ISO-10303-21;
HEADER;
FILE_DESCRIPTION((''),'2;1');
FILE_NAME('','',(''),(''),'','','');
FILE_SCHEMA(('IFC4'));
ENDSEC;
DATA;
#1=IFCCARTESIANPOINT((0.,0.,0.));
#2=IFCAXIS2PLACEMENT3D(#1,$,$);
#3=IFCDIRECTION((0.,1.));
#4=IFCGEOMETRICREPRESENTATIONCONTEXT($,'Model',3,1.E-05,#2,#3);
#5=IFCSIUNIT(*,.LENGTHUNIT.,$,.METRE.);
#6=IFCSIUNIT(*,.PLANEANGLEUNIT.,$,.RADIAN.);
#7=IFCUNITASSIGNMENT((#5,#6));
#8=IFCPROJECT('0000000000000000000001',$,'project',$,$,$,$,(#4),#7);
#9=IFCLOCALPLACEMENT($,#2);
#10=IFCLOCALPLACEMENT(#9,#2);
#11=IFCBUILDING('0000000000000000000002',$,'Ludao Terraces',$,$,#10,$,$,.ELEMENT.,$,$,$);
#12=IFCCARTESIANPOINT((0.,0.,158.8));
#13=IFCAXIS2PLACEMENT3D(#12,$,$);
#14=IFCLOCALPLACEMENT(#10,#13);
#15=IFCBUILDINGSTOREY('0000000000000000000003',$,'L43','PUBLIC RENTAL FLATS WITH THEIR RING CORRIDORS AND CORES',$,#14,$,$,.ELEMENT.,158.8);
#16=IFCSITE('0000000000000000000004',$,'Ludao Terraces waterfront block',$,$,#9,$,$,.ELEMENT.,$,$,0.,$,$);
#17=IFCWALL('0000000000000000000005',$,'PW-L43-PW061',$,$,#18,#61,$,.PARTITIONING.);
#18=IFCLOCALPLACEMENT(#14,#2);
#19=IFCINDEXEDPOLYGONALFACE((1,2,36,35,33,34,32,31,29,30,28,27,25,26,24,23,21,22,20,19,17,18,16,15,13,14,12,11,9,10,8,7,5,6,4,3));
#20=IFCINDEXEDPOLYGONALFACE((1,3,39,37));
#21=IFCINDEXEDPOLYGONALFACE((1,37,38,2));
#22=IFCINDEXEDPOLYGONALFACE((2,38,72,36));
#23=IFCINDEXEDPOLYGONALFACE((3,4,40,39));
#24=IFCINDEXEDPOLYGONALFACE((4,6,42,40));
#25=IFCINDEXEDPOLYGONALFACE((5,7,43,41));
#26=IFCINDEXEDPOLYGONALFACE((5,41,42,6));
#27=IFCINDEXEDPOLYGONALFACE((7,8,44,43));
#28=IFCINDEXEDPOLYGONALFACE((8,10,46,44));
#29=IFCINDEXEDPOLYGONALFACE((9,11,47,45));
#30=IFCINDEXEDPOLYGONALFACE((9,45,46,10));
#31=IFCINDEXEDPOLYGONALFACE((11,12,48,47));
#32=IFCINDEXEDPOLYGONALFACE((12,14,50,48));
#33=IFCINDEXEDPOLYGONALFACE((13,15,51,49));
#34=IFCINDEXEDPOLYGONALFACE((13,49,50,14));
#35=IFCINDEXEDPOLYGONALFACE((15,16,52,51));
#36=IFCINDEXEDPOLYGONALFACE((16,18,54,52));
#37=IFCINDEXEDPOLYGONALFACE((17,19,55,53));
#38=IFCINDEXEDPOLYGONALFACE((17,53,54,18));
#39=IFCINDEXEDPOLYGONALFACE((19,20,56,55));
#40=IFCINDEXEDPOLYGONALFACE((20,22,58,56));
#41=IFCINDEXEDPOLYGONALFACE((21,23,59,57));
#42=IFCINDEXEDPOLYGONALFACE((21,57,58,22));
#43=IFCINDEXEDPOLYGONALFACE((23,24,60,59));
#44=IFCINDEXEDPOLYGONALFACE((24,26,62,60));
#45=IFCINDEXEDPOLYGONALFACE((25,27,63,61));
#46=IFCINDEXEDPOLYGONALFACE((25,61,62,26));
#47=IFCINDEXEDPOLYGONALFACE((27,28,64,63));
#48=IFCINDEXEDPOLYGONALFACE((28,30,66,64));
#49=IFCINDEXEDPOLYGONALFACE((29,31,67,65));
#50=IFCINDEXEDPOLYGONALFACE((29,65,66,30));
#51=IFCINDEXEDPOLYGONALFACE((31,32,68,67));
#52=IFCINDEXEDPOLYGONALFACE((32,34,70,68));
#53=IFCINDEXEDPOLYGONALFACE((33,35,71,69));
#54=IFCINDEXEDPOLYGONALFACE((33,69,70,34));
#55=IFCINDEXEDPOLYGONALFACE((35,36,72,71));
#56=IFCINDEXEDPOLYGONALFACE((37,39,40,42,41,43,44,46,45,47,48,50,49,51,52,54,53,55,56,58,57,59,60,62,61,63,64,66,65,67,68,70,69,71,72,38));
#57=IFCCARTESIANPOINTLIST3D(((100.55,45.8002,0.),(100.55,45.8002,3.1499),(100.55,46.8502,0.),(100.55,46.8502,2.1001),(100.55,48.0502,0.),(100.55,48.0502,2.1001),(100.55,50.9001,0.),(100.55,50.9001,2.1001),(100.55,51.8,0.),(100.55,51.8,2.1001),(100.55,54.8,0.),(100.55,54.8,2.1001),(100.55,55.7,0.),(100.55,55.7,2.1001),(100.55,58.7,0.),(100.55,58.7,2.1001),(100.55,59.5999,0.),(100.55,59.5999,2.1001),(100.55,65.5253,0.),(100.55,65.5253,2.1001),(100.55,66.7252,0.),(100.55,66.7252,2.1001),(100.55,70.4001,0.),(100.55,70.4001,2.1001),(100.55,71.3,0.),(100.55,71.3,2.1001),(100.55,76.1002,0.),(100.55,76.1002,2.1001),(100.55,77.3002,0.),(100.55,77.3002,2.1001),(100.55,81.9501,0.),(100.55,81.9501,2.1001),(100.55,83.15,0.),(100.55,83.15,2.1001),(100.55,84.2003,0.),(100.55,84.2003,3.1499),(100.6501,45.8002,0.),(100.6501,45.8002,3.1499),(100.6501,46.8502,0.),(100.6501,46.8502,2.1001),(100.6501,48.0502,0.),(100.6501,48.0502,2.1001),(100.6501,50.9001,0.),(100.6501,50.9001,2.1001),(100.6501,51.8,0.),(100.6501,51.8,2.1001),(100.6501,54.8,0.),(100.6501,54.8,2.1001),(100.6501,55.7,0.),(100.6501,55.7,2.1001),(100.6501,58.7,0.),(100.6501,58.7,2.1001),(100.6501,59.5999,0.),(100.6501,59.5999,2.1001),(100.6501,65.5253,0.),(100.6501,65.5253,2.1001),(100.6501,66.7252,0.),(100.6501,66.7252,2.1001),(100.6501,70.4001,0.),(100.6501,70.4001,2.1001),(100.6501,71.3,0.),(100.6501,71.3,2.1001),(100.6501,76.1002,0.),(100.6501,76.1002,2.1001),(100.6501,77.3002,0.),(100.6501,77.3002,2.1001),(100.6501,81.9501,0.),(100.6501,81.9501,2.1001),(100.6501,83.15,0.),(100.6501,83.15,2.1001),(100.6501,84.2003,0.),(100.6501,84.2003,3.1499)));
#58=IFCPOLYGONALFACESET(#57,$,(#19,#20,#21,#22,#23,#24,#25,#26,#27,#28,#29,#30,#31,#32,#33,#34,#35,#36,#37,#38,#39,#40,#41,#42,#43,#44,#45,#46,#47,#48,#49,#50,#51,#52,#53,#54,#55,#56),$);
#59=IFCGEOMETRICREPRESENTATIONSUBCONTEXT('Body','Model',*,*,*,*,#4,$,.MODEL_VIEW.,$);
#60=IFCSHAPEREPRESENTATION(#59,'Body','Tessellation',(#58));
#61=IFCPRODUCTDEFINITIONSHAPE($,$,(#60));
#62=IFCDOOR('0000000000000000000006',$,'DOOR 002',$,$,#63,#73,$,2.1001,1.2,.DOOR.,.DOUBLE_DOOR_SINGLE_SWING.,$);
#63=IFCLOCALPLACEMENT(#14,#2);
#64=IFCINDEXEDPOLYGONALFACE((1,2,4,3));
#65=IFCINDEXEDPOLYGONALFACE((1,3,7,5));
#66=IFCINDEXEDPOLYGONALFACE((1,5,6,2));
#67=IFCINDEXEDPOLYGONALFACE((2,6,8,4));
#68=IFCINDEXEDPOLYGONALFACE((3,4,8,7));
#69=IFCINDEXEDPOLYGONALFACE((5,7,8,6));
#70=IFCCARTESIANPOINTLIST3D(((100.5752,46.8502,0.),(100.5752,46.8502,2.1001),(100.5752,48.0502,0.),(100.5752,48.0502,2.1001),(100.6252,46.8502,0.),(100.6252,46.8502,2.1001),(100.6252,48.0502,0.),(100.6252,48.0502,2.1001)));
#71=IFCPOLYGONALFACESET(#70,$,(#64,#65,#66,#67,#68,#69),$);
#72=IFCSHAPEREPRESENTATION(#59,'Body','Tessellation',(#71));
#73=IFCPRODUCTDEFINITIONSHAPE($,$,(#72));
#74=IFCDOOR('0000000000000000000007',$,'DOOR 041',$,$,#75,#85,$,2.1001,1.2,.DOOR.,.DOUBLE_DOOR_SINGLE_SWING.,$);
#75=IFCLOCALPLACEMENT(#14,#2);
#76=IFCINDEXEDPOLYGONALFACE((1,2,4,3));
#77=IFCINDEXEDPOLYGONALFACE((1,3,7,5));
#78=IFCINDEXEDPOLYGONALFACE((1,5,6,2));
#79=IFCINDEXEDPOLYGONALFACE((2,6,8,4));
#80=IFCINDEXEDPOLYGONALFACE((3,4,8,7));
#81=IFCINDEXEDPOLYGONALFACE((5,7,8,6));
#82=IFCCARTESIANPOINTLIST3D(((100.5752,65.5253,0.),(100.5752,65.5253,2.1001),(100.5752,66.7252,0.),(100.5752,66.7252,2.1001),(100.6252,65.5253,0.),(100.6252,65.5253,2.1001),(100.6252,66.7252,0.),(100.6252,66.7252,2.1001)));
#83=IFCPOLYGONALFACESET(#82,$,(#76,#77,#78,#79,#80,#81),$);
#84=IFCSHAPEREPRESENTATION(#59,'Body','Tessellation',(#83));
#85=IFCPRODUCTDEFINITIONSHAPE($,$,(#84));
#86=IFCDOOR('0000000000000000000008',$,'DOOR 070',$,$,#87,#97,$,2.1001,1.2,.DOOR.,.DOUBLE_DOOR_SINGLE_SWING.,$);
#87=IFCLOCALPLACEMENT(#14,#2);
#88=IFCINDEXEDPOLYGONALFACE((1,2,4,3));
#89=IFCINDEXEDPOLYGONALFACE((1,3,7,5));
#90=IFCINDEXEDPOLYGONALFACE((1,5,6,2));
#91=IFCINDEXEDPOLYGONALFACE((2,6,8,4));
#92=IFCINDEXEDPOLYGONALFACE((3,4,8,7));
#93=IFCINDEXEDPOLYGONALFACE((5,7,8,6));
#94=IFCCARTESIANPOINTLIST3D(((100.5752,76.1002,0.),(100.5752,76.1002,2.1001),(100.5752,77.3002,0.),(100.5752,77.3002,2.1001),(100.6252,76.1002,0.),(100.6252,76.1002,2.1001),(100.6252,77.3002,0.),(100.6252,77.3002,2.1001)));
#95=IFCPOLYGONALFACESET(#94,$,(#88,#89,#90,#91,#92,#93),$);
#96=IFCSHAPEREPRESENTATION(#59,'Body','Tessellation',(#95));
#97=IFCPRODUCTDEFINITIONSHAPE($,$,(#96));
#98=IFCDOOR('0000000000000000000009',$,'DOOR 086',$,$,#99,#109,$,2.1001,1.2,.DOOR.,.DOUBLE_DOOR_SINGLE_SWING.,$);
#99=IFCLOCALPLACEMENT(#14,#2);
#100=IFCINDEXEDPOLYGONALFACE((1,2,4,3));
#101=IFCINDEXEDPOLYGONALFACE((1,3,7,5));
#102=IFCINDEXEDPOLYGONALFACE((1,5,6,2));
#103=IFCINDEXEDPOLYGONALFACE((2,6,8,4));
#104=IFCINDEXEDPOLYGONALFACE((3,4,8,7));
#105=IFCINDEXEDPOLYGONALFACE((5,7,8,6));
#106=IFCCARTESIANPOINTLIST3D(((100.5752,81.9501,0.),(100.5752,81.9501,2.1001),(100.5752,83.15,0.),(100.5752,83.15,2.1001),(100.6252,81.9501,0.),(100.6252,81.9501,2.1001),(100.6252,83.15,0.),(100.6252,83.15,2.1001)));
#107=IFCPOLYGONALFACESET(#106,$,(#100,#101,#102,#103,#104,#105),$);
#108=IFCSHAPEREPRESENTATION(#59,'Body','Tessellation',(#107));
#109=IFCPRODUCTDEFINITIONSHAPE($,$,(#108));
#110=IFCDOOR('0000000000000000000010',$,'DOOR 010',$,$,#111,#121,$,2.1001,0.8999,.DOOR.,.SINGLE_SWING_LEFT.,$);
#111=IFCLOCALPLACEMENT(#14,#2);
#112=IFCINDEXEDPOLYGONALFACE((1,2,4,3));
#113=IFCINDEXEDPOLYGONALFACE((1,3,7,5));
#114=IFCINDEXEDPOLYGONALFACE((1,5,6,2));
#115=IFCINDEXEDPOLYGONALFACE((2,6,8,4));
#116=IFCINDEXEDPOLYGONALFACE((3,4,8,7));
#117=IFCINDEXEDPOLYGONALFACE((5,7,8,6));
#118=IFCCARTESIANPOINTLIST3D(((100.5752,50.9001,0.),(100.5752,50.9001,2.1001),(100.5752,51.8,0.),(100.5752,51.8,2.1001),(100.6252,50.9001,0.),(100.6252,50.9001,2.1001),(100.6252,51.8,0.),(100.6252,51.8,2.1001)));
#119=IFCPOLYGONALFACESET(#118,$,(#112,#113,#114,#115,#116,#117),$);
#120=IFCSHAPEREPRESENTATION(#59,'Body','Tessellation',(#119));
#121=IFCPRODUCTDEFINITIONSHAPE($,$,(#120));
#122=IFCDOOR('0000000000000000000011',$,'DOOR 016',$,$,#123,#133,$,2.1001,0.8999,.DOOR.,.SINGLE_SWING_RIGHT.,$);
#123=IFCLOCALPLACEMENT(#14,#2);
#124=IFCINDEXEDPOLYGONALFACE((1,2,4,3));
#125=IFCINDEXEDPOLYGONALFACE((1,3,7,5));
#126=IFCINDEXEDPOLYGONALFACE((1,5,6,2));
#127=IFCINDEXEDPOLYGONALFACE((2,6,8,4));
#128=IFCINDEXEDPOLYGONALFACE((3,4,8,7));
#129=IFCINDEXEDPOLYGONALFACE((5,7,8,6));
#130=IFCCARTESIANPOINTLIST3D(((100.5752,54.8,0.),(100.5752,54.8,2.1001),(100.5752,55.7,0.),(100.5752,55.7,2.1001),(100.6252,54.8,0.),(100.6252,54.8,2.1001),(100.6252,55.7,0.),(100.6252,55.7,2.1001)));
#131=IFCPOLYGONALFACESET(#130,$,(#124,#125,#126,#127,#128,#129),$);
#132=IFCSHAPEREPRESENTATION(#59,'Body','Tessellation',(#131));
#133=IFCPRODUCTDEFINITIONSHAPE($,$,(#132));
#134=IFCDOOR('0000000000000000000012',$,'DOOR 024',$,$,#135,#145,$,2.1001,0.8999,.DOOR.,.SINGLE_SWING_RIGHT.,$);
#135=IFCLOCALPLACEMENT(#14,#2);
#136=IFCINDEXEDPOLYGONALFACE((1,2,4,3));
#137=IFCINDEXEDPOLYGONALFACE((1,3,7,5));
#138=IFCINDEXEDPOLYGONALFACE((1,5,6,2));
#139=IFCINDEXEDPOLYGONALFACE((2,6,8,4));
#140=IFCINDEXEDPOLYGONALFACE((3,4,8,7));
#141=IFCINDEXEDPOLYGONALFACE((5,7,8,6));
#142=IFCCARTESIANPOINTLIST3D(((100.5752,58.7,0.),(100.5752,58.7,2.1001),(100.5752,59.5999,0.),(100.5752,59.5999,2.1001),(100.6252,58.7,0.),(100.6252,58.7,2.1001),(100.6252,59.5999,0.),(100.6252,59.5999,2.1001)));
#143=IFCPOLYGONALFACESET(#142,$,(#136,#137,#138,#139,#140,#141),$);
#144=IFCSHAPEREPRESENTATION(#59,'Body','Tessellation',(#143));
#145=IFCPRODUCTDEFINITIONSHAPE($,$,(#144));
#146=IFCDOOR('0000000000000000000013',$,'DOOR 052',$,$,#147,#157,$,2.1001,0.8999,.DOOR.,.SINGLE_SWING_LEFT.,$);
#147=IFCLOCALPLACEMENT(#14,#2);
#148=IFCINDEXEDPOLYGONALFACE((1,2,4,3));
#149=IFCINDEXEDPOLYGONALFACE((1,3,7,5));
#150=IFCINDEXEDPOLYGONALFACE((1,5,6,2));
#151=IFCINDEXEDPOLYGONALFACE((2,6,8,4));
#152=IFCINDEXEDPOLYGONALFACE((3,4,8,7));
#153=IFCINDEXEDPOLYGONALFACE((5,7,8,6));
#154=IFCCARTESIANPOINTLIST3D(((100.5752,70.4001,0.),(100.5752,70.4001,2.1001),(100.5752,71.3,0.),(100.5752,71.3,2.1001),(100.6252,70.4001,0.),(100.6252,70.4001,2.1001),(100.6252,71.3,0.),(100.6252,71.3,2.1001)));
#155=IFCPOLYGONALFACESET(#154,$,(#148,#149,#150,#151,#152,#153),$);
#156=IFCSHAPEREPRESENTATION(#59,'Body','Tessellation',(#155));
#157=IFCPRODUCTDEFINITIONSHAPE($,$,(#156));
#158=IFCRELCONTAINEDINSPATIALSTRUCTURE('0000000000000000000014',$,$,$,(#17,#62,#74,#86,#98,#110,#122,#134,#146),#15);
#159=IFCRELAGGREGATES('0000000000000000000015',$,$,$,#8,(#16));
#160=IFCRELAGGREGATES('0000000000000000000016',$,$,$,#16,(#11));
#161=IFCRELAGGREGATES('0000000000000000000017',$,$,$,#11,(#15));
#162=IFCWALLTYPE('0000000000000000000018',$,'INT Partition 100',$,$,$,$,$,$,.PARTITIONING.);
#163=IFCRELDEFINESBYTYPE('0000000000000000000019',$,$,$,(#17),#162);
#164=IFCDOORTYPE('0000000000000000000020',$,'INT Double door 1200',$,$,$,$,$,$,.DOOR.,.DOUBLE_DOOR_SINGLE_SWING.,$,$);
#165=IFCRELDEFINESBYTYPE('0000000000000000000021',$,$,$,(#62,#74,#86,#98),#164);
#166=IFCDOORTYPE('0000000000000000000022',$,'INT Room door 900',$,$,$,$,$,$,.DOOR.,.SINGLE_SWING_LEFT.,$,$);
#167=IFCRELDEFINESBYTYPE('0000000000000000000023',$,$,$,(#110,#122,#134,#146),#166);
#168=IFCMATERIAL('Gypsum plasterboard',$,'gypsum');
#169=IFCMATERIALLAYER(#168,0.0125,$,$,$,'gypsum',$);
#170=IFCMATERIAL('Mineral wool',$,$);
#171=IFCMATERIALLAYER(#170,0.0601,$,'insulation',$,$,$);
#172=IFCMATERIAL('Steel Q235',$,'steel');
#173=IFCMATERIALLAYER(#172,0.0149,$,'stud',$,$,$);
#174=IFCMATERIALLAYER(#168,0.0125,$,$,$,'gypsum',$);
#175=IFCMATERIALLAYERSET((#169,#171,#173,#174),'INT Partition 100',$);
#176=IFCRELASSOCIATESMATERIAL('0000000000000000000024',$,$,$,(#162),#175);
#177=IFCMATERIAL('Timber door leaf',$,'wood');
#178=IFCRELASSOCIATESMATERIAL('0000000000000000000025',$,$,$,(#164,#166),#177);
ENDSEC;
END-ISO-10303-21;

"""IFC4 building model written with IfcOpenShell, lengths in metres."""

from ifc_helpers import new_model, si_unit, direction, frame, frame_2d, origin, place, context, subcontext, project, spatial, rectangle, extrude, material, layer, layer_set, type_object, element, fill, save


model = new_model("IFC4")

# Units and contexts
model_context = context("Model", 3, precision=1e-05, world=origin(), true_north=direction((0.0, 1.0)))
body_context = subcontext(model_context, "Body", "Model", "MODEL_VIEW")
ifc_project = project(units=[si_unit("LENGTHUNIT", "METRE"), si_unit("PLANEANGLEUNIT", "RADIAN")], contexts=[model_context])

# Site, building, storey
site_placement = place(None, origin())
site = spatial("IfcSite", under=ifc_project, at=site_placement, Name="Ludao Terraces waterfront block", CompositionType="ELEMENT", RefElevation=0.0)
building_placement = place(site_placement, origin())
building = spatial("IfcBuilding", under=site, at=building_placement, Name="Ludao Terraces", CompositionType="ELEMENT")
storey_placement = place(building_placement, frame((0.0, 0.0, 158.8)))
storey = spatial("IfcBuildingStorey", under=building, at=storey_placement, Name="L43", Description="PUBLIC RENTAL FLATS WITH THEIR RING CORRIDORS AND CORES", CompositionType="ELEMENT", Elevation=158.8)

# Shared definitions
ifc_material_1 = material(Name="Mineral wool")

# Shared definitions
ifc_material_2 = material(Name="Steel Q235", Category="steel")

# Shared definitions
ifc_material_3 = material(Name="Gypsum plasterboard", Category="gypsum")
ifc_layer_1 = layer(ifc_material_3, 0.0125, Category="gypsum")
ifc_layer_2 = layer(ifc_material_1, 0.0601, Name="insulation")
ifc_layer_3 = layer(ifc_material_2, 0.0149, Name="stud")
ifc_layer_4 = layer(ifc_material_3, 0.0125, Category="gypsum")
ifc_layer_set_1 = layer_set([ifc_layer_1, ifc_layer_2, ifc_layer_3, ifc_layer_4], Name="INT Partition 100")
wall_type_1 = type_object("IfcWallType", Name="INT Partition 100", PredefinedType="PARTITIONING", material=ifc_layer_set_1)

# Wall, openings, doors
ifc_material_4 = material(Name="Timber door leaf", Category="wood")
wall_1_placement = place(storey_placement, frame((100.6001, 45.8, 0.0), z_axis=(0.0, 0.0, 1.0), x_axis=(0.0, 1.0, 0.0)))
wall_1 = element("IfcWall", 1, at=wall_1_placement, inside=storey, type_object=wall_type_1, Name="PW-L43-PW061", PredefinedType="PARTITIONING", context=body_context, shape_type="SweptSolid", body=[
    extrude(rectangle(XDim=38.4001, YDim=0.1001, at=frame_2d((19.2002, 0.0))), origin(), (0.0, 0.0, 1.0), 3.1499),
])
opening_1_placement = place(wall_1_placement, frame((1.05, 0.0, 0.0)))
opening_1 = element("IfcOpeningElement", 2, at=opening_1_placement, cuts=wall_1, PredefinedType="OPENING", context=body_context, shape_type="SweptSolid", body=[
    extrude(rectangle(XDim=1.2, YDim=2.1001, at=frame_2d((0.6001, 1.05))), frame((0.0, 0.0601, 0.0), z_axis=(0.0, -1.0, 0.0), x_axis=(1.0, 0.0, 0.0)), (0.0, 0.0, 1.0), 0.1201),
])
opening_2_placement = place(wall_1_placement, frame((5.1001, 0.0, 0.0)))
opening_2 = element("IfcOpeningElement", 3, at=opening_2_placement, cuts=wall_1, PredefinedType="OPENING", context=body_context, shape_type="SweptSolid", body=[
    extrude(rectangle(XDim=0.8999, YDim=2.1001, at=frame_2d((0.45, 1.05))), frame((0.0, 0.0601, 0.0), z_axis=(0.0, -1.0, 0.0), x_axis=(1.0, 0.0, 0.0)), (0.0, 0.0, 1.0), 0.1201),
])
opening_3_placement = place(wall_1_placement, frame((9.0, 0.0, 0.0)))
opening_3 = element("IfcOpeningElement", 4, at=opening_3_placement, cuts=wall_1, PredefinedType="OPENING", context=body_context, shape_type="SweptSolid", body=[
    extrude(rectangle(XDim=0.8999, YDim=2.1001, at=frame_2d((0.45, 1.05))), frame((0.0, 0.0601, 0.0), z_axis=(0.0, -1.0, 0.0), x_axis=(1.0, 0.0, 0.0)), (0.0, 0.0, 1.0), 0.1201),
])
opening_4_placement = place(wall_1_placement, frame((12.8999, 0.0, 0.0)))
opening_4 = element("IfcOpeningElement", 5, at=opening_4_placement, cuts=wall_1, PredefinedType="OPENING", context=body_context, shape_type="SweptSolid", body=[
    extrude(rectangle(XDim=0.8999, YDim=2.1001, at=frame_2d((0.45, 1.05))), frame((0.0, 0.0601, 0.0), z_axis=(0.0, -1.0, 0.0), x_axis=(1.0, 0.0, 0.0)), (0.0, 0.0, 1.0), 0.1201),
])
opening_5_placement = place(wall_1_placement, frame((19.7251, 0.0, 0.0)))
opening_5 = element("IfcOpeningElement", 6, at=opening_5_placement, cuts=wall_1, PredefinedType="OPENING", context=body_context, shape_type="SweptSolid", body=[
    extrude(rectangle(XDim=1.2, YDim=2.1001, at=frame_2d((0.6001, 1.05))), frame((0.0, 0.0601, 0.0), z_axis=(0.0, -1.0, 0.0), x_axis=(1.0, 0.0, 0.0)), (0.0, 0.0, 1.0), 0.1201),
])
opening_6_placement = place(wall_1_placement, frame((24.6001, 0.0, 0.0)))
opening_6 = element("IfcOpeningElement", 7, at=opening_6_placement, cuts=wall_1, PredefinedType="OPENING", context=body_context, shape_type="SweptSolid", body=[
    extrude(rectangle(XDim=0.8999, YDim=2.1001, at=frame_2d((0.45, 1.05))), frame((0.0, 0.0601, 0.0), z_axis=(0.0, -1.0, 0.0), x_axis=(1.0, 0.0, 0.0)), (0.0, 0.0, 1.0), 0.1201),
])
opening_7_placement = place(wall_1_placement, frame((30.3, 0.0, 0.0)))
opening_7 = element("IfcOpeningElement", 8, at=opening_7_placement, cuts=wall_1, PredefinedType="OPENING", context=body_context, shape_type="SweptSolid", body=[
    extrude(rectangle(XDim=1.2, YDim=2.1001, at=frame_2d((0.6001, 1.05))), frame((0.0, 0.0601, 0.0), z_axis=(0.0, -1.0, 0.0), x_axis=(1.0, 0.0, 0.0)), (0.0, 0.0, 1.0), 0.1201),
])
opening_8_placement = place(wall_1_placement, frame((36.1499, 0.0, 0.0)))
opening_8 = element("IfcOpeningElement", 9, at=opening_8_placement, cuts=wall_1, PredefinedType="OPENING", context=body_context, shape_type="SweptSolid", body=[
    extrude(rectangle(XDim=1.2, YDim=2.1001, at=frame_2d((0.6001, 1.05))), frame((0.0, 0.0601, 0.0), z_axis=(0.0, -1.0, 0.0), x_axis=(1.0, 0.0, 0.0)), (0.0, 0.0, 1.0), 0.1201),
])
door_type_1 = type_object("IfcDoorType", Name="INT Double door 1200", OperationType="DOUBLE_DOOR_SINGLE_SWING", PredefinedType="DOOR", material=ifc_material_4)
door_1_placement = place(opening_1_placement, origin())
door_1 = element("IfcDoor", 10, at=door_1_placement, inside=storey, type_object=door_type_1, Name="DOOR 002", OperationType="DOUBLE_DOOR_SINGLE_SWING", OverallHeight=2.1001, OverallWidth=1.2, PredefinedType="DOOR", context=body_context, shape_type="SweptSolid", body=[
    extrude(rectangle(XDim=1.2, YDim=2.1001, at=frame_2d((0.6001, 1.05))), frame((0.0, 0.0249, 0.0), z_axis=(0.0, -1.0, 0.0), x_axis=(1.0, 0.0, 0.0)), (0.0, 0.0, 1.0), 0.05),
])
fill(opening_1, door_1)
door_2_placement = place(opening_5_placement, origin())
door_2 = element("IfcDoor", 11, at=door_2_placement, inside=storey, type_object=door_type_1, Name="DOOR 041", OperationType="DOUBLE_DOOR_SINGLE_SWING", OverallHeight=2.1001, OverallWidth=1.2, PredefinedType="DOOR", context=body_context, shape_type="SweptSolid", body=[
    extrude(rectangle(XDim=1.2, YDim=2.1001, at=frame_2d((0.6001, 1.05))), frame((0.0, 0.0249, 0.0), z_axis=(0.0, -1.0, 0.0), x_axis=(1.0, 0.0, 0.0)), (0.0, 0.0, 1.0), 0.05),
])
fill(opening_5, door_2)
door_3_placement = place(opening_7_placement, origin())
door_3 = element("IfcDoor", 12, at=door_3_placement, inside=storey, type_object=door_type_1, Name="DOOR 070", OperationType="DOUBLE_DOOR_SINGLE_SWING", OverallHeight=2.1001, OverallWidth=1.2, PredefinedType="DOOR", context=body_context, shape_type="SweptSolid", body=[
    extrude(rectangle(XDim=1.2, YDim=2.1001, at=frame_2d((0.6001, 1.05))), frame((0.0, 0.0249, 0.0), z_axis=(0.0, -1.0, 0.0), x_axis=(1.0, 0.0, 0.0)), (0.0, 0.0, 1.0), 0.05),
])
fill(opening_7, door_3)
door_4_placement = place(opening_8_placement, origin())
door_4 = element("IfcDoor", 13, at=door_4_placement, inside=storey, type_object=door_type_1, Name="DOOR 086", OperationType="DOUBLE_DOOR_SINGLE_SWING", OverallHeight=2.1001, OverallWidth=1.2, PredefinedType="DOOR", context=body_context, shape_type="SweptSolid", body=[
    extrude(rectangle(XDim=1.2, YDim=2.1001, at=frame_2d((0.6001, 1.05))), frame((0.0, 0.0249, 0.0), z_axis=(0.0, -1.0, 0.0), x_axis=(1.0, 0.0, 0.0)), (0.0, 0.0, 1.0), 0.05),
])
fill(opening_8, door_4)
door_type_2 = type_object("IfcDoorType", Name="INT Room door 900", OperationType="SINGLE_SWING_LEFT", PredefinedType="DOOR", material=ifc_material_4)
door_5_placement = place(opening_2_placement, origin())
door_5 = element("IfcDoor", 14, at=door_5_placement, inside=storey, type_object=door_type_2, Name="DOOR 010", OperationType="SINGLE_SWING_LEFT", OverallHeight=2.1001, OverallWidth=0.8999, PredefinedType="DOOR", context=body_context, shape_type="SweptSolid", body=[
    extrude(rectangle(XDim=0.8999, YDim=2.1001, at=frame_2d((0.45, 1.05))), frame((0.0, 0.0249, 0.0), z_axis=(0.0, -1.0, 0.0), x_axis=(1.0, 0.0, 0.0)), (0.0, 0.0, 1.0), 0.05),
])
fill(opening_2, door_5)
door_6_placement = place(opening_3_placement, origin())
door_6 = element("IfcDoor", 15, at=door_6_placement, inside=storey, type_object=door_type_2, Name="DOOR 016", OperationType="SINGLE_SWING_RIGHT", OverallHeight=2.1001, OverallWidth=0.8999, PredefinedType="DOOR", context=body_context, shape_type="SweptSolid", body=[
    extrude(rectangle(XDim=0.8999, YDim=2.1001, at=frame_2d((0.45, 1.05))), frame((0.0, 0.0249, 0.0), z_axis=(0.0, -1.0, 0.0), x_axis=(1.0, 0.0, 0.0)), (0.0, 0.0, 1.0), 0.05),
])
fill(opening_3, door_6)
door_7_placement = place(opening_4_placement, origin())
door_7 = element("IfcDoor", 16, at=door_7_placement, inside=storey, type_object=door_type_2, Name="DOOR 024", OperationType="SINGLE_SWING_RIGHT", OverallHeight=2.1001, OverallWidth=0.8999, PredefinedType="DOOR", context=body_context, shape_type="SweptSolid", body=[
    extrude(rectangle(XDim=0.8999, YDim=2.1001, at=frame_2d((0.45, 1.05))), frame((0.0, 0.0249, 0.0), z_axis=(0.0, -1.0, 0.0), x_axis=(1.0, 0.0, 0.0)), (0.0, 0.0, 1.0), 0.05),
])
fill(opening_4, door_7)
door_8_placement = place(opening_6_placement, origin())
door_8 = element("IfcDoor", 17, at=door_8_placement, inside=storey, type_object=door_type_2, Name="DOOR 052", OperationType="SINGLE_SWING_LEFT", OverallHeight=2.1001, OverallWidth=0.8999, PredefinedType="DOOR", context=body_context, shape_type="SweptSolid", body=[
    extrude(rectangle(XDim=0.8999, YDim=2.1001, at=frame_2d((0.45, 1.05))), frame((0.0, 0.0249, 0.0), z_axis=(0.0, -1.0, 0.0), x_axis=(1.0, 0.0, 0.0)), (0.0, 0.0, 1.0), 0.05),
])
fill(opening_6, door_8)

save(model, "model.ifc")
